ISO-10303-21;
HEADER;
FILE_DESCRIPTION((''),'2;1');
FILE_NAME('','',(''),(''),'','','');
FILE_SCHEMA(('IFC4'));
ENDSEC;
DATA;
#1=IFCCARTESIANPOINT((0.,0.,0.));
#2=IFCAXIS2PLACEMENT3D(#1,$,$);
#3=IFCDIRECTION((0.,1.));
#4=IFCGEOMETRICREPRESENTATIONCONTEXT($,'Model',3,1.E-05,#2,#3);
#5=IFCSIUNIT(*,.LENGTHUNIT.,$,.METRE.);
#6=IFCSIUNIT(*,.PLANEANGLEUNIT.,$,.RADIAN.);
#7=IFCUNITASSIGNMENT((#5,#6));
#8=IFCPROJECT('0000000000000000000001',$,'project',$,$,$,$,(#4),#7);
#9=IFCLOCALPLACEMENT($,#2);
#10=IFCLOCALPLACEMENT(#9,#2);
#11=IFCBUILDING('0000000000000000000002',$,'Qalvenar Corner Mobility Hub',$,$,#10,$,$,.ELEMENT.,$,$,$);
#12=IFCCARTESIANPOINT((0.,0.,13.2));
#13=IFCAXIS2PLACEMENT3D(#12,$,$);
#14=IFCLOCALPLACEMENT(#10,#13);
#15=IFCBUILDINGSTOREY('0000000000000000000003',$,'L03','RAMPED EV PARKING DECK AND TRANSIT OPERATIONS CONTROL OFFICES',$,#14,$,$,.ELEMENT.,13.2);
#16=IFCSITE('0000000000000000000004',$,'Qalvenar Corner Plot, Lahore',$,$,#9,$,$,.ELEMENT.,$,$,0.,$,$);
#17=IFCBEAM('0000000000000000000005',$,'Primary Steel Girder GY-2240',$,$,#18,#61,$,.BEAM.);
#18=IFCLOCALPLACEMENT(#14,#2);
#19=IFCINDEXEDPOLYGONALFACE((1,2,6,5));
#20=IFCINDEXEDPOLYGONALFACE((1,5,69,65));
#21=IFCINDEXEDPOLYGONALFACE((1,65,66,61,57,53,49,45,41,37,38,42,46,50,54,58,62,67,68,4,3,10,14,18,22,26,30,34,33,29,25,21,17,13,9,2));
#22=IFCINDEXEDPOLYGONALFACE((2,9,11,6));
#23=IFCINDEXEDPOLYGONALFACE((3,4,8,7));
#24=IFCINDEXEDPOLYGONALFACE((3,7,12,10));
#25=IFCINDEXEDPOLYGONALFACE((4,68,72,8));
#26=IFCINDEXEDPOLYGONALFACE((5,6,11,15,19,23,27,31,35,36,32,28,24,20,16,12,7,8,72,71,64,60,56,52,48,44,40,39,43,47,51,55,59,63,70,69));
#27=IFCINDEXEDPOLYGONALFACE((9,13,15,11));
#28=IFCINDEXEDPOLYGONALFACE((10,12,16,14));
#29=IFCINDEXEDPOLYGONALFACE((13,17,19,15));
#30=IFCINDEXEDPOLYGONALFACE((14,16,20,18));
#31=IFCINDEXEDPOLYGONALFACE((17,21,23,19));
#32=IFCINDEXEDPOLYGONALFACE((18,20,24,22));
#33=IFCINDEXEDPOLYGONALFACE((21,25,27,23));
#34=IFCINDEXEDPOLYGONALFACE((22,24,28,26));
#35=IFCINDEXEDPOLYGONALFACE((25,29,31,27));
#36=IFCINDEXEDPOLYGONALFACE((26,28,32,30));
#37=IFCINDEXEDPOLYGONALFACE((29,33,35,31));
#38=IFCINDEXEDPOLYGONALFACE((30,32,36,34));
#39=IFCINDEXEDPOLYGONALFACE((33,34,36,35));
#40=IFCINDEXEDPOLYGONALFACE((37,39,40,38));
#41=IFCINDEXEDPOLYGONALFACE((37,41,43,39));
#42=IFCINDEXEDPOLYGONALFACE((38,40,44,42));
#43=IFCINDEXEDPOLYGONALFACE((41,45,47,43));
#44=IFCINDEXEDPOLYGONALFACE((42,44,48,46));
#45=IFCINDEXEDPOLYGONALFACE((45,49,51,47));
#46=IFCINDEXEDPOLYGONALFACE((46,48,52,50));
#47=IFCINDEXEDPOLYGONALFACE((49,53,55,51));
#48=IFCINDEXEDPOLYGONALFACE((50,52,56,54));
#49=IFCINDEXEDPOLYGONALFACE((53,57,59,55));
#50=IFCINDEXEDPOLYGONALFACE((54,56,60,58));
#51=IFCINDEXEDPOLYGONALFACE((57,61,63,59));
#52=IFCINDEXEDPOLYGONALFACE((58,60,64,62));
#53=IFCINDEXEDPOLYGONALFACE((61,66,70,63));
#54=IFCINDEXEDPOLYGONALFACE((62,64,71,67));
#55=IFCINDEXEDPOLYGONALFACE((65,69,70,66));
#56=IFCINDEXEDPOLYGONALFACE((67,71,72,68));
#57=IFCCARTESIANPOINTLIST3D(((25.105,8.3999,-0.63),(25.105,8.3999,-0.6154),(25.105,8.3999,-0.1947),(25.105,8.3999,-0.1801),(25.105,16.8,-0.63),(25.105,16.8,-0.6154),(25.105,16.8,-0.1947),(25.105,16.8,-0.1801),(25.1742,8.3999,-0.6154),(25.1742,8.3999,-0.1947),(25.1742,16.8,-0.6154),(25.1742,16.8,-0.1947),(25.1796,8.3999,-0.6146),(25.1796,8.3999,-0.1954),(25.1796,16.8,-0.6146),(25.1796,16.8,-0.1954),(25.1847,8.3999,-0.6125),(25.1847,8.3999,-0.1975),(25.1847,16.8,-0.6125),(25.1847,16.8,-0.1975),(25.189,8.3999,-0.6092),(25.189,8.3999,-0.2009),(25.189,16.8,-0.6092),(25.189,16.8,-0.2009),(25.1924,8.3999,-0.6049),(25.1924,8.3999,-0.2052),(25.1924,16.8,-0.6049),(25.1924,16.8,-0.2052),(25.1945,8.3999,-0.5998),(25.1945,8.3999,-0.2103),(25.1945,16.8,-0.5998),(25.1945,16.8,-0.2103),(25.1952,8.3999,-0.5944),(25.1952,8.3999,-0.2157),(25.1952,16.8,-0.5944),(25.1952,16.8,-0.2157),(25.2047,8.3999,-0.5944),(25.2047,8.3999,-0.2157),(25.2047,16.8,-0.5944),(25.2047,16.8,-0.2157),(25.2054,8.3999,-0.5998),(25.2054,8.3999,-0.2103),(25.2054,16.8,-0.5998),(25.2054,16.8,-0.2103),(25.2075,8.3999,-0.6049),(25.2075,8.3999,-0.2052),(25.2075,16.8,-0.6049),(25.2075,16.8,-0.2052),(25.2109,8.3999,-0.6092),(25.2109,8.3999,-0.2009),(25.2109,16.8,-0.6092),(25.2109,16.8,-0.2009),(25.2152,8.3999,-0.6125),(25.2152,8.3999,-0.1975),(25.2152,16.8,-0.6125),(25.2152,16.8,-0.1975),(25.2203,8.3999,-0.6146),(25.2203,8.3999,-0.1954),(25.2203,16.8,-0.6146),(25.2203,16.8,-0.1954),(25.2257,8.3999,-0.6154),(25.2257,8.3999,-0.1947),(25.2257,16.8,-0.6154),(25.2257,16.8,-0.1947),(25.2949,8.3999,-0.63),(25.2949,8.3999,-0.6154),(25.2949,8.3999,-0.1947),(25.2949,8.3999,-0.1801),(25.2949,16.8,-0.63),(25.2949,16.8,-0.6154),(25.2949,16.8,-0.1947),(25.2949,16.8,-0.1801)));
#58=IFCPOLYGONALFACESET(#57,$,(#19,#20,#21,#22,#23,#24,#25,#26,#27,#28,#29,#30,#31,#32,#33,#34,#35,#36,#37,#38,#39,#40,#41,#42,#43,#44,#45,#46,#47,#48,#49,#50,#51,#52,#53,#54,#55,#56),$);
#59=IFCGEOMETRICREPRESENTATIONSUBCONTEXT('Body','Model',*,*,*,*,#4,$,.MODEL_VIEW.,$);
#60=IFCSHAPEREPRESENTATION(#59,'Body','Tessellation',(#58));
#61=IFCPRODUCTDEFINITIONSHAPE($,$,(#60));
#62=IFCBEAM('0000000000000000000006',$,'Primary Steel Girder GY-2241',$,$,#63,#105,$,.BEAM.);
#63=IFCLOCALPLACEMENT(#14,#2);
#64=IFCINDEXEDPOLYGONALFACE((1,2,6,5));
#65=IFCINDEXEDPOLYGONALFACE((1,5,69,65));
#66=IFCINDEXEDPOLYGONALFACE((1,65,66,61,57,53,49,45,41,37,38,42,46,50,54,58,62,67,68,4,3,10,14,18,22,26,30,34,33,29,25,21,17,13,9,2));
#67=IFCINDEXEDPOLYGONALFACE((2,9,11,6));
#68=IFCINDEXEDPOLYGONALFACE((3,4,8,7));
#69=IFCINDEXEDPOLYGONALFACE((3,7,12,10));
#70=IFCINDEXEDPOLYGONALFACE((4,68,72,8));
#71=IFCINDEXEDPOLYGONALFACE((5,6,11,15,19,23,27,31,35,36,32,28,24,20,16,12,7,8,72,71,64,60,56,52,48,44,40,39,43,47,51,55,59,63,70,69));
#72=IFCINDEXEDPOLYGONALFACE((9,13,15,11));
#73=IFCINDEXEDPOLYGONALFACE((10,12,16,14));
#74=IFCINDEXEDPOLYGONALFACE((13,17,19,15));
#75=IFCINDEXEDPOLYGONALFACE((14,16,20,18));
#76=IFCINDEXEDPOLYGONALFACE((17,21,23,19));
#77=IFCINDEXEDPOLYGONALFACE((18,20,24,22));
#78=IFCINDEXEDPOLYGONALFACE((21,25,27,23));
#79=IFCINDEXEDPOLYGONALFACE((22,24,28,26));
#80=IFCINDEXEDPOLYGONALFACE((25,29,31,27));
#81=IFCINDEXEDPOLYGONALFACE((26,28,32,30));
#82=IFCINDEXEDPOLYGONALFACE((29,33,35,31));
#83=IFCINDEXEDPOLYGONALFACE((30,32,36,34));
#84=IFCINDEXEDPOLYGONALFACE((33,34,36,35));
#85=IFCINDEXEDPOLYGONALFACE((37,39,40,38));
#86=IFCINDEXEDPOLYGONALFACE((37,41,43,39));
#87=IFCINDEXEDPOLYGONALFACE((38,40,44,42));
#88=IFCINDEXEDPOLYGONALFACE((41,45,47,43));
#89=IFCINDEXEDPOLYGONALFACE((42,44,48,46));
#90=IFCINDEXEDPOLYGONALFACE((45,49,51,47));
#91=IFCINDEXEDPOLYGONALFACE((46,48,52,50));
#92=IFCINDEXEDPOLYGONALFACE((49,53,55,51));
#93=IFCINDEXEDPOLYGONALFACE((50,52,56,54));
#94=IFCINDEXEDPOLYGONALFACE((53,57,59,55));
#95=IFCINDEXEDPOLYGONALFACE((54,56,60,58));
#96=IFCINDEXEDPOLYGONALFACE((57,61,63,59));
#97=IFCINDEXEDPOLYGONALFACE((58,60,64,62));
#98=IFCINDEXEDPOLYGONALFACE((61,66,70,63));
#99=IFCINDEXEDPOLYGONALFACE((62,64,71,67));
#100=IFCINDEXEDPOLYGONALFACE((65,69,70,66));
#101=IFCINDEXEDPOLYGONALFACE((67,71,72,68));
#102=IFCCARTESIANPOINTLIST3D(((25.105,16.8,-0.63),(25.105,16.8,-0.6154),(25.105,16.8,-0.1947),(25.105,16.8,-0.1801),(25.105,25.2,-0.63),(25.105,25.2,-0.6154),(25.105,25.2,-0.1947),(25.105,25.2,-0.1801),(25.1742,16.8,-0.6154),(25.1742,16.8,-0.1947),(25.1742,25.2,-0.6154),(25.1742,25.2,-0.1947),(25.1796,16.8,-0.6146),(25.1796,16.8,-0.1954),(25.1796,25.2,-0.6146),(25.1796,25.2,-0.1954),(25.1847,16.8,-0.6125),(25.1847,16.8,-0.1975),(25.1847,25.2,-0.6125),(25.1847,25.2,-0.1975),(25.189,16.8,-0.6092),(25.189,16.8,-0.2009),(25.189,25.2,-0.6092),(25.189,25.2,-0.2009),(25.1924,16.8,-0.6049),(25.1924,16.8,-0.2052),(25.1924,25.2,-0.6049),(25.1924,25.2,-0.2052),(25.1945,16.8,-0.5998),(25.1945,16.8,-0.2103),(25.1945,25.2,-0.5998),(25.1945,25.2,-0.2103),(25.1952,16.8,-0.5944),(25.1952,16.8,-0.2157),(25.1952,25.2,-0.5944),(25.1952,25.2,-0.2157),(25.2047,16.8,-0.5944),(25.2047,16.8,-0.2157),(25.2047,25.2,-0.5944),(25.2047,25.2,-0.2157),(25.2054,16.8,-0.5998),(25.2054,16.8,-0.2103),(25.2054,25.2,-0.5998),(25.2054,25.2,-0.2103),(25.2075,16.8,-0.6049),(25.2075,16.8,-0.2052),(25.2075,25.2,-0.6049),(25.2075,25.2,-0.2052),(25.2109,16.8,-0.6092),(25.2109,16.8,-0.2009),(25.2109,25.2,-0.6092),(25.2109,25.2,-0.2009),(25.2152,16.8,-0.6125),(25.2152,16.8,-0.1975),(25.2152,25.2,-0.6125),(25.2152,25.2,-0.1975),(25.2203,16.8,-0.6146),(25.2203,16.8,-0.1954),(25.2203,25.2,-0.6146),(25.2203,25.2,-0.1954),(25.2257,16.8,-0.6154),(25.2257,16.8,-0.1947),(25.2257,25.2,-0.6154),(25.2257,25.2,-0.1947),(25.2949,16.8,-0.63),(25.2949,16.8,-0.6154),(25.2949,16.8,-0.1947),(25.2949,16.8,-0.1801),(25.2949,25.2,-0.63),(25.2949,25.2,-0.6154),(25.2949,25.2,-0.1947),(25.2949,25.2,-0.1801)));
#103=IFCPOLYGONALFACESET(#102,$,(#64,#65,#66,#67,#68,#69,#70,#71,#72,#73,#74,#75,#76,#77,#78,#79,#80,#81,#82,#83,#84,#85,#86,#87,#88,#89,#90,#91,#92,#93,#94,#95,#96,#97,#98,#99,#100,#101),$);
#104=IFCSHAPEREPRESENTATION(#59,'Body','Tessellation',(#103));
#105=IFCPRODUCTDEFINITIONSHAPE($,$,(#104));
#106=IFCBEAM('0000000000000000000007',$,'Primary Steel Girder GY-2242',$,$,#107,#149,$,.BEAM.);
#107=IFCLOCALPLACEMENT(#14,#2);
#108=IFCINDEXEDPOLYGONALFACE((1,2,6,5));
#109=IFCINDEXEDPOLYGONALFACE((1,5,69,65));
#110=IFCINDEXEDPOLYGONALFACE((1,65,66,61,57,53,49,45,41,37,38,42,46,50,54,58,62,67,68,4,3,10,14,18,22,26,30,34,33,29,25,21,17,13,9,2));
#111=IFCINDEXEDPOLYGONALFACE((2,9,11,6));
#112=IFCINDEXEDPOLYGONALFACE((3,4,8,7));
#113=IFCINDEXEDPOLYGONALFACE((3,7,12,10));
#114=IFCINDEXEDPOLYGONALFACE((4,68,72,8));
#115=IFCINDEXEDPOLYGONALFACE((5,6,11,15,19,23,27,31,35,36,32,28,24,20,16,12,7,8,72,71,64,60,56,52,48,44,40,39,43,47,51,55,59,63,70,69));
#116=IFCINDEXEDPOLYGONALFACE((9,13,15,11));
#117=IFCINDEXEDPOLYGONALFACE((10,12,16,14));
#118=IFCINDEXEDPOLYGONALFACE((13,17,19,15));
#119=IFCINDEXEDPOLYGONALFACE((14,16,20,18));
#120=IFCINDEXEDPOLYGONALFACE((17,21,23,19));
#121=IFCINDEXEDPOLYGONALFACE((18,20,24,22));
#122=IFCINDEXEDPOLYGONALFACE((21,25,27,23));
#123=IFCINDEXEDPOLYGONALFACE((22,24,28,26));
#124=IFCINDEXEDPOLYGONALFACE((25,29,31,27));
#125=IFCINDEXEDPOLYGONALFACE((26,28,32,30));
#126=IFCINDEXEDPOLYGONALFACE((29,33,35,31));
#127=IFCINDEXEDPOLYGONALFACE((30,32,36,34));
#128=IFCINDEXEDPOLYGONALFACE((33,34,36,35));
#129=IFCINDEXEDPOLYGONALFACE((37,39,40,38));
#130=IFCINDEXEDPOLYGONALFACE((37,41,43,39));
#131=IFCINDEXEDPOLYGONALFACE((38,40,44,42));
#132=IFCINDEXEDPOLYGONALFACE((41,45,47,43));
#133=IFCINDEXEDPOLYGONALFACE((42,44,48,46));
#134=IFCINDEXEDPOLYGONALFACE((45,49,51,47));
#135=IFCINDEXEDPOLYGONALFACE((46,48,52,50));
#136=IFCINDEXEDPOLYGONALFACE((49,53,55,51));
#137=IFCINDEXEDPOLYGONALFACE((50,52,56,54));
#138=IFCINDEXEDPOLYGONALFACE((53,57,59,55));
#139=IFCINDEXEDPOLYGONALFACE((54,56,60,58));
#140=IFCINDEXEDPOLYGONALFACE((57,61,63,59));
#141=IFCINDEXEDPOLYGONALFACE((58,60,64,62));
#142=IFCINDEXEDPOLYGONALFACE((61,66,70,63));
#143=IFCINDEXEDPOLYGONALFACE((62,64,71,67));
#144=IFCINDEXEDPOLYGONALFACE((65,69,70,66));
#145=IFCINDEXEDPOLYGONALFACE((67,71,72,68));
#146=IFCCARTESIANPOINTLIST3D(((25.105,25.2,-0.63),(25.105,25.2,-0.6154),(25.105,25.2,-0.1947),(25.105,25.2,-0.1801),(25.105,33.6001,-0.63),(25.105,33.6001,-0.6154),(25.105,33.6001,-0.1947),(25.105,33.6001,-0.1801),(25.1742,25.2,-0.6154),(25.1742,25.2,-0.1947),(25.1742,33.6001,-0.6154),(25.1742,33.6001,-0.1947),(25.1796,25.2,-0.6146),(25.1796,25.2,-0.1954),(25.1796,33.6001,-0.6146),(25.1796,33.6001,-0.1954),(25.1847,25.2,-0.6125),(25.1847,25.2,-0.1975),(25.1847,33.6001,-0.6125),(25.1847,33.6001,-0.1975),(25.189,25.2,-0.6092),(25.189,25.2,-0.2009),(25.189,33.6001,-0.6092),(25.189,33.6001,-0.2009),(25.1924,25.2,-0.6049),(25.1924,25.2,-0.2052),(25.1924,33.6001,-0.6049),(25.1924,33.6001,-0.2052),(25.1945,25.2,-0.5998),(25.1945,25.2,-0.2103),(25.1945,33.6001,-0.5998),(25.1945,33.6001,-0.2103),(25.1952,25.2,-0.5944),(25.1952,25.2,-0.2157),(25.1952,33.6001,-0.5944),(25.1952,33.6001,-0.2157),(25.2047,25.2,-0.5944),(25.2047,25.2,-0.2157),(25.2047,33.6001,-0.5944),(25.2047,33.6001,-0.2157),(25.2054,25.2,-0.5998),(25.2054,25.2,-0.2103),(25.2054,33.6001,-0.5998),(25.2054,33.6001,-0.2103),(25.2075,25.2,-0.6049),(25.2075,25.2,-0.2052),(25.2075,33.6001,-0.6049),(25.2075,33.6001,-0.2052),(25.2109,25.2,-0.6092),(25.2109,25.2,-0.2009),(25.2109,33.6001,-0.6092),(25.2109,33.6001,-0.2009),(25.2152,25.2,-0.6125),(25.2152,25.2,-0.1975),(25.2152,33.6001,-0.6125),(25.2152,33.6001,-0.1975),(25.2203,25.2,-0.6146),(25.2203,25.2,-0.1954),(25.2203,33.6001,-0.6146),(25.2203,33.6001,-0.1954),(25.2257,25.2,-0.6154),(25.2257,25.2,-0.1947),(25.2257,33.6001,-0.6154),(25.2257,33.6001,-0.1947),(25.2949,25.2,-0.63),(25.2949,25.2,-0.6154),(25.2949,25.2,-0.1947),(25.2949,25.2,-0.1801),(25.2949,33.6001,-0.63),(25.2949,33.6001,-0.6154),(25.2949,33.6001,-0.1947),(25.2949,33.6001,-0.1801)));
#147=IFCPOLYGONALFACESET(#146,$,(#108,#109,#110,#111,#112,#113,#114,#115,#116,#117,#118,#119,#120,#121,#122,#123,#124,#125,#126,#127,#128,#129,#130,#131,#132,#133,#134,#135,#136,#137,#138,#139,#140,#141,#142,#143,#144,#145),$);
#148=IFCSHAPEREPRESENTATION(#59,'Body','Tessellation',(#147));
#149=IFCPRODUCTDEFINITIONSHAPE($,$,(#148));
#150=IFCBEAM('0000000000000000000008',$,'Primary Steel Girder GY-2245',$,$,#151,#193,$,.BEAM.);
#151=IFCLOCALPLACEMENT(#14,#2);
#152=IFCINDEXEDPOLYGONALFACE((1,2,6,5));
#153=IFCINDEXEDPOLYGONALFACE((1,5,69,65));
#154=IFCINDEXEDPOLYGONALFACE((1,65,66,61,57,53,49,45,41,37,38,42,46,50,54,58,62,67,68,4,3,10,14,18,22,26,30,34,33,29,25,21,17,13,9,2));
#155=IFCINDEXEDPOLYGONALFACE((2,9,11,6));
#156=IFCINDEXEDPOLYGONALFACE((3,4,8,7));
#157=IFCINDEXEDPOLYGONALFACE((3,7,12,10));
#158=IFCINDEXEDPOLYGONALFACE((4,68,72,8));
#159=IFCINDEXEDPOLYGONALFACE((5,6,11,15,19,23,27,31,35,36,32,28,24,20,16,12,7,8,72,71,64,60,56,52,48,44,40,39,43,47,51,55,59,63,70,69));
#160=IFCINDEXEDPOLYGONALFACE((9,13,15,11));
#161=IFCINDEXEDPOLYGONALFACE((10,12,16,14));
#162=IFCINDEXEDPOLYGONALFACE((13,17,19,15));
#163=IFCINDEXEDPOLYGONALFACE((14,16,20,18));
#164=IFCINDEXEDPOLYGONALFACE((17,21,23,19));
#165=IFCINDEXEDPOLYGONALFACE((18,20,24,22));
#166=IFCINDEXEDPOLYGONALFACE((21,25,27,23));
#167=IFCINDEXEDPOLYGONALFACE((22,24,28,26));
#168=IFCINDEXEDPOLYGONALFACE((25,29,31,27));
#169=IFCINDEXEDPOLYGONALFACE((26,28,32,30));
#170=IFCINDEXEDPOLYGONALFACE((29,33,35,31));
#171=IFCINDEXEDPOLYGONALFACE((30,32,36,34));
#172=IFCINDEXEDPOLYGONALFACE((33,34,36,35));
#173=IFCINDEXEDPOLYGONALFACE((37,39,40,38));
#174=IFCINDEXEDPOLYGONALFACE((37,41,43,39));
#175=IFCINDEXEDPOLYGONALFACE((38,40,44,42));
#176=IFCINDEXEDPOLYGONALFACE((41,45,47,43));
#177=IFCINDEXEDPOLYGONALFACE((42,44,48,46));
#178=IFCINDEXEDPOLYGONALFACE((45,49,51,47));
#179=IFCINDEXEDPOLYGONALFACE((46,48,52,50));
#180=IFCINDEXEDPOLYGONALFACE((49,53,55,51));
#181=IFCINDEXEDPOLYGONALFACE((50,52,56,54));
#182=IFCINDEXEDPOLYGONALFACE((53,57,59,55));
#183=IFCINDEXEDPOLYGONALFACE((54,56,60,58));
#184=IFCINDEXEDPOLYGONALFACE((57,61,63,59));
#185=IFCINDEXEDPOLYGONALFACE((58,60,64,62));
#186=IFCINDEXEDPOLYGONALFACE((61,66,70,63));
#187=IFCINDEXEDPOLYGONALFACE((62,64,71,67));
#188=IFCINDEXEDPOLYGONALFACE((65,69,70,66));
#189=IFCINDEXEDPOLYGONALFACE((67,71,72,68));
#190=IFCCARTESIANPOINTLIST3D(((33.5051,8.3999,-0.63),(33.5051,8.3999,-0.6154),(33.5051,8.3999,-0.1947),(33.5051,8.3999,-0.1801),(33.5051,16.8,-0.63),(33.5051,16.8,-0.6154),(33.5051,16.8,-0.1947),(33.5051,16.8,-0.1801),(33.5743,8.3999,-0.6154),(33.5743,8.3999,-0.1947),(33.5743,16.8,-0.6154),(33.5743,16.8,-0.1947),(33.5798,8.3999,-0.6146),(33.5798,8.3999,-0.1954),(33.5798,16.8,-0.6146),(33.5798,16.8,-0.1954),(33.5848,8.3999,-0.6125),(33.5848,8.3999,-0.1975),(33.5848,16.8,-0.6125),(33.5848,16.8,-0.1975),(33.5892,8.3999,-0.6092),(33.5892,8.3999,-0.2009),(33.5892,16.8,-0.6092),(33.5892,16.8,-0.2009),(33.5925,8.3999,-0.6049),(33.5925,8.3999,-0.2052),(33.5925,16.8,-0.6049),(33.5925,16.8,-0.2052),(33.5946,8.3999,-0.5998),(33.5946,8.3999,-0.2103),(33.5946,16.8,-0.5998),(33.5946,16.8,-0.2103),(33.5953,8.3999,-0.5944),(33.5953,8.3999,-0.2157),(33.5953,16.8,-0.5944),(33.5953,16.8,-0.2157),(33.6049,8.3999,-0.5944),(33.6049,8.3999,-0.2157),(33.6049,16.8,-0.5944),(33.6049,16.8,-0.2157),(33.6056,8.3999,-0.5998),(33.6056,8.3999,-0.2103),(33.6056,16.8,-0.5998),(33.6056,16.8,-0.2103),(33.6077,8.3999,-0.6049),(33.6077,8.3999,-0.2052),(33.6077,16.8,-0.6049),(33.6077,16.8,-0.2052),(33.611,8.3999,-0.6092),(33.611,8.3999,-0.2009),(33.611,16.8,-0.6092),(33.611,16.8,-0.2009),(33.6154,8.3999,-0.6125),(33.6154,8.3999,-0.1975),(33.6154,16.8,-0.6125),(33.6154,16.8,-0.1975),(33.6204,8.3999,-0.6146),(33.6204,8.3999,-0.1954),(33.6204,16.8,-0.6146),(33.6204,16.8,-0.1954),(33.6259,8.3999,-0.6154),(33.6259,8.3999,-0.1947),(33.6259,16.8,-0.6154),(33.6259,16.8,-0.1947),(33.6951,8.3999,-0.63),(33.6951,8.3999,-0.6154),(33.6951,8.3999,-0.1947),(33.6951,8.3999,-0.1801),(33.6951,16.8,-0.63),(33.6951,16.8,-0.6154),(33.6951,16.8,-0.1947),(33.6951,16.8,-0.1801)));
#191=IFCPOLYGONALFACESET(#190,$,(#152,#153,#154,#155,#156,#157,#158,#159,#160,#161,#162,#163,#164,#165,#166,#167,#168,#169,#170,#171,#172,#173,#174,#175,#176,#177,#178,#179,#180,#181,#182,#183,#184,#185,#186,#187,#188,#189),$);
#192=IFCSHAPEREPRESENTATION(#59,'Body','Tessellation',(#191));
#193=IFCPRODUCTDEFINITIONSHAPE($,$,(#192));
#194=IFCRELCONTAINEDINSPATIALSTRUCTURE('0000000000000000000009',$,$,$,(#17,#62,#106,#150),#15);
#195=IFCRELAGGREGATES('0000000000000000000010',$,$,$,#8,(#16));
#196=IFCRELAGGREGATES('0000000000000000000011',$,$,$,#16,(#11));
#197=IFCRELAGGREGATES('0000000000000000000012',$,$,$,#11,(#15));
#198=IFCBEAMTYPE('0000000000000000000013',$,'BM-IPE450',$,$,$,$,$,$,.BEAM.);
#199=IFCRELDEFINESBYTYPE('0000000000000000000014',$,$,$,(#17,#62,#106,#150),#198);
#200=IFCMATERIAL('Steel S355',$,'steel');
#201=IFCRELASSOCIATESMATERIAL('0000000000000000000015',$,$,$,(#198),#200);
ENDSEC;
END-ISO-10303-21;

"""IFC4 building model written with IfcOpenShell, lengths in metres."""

from ifc_helpers import new_model, si_unit, direction, frame, origin, origin_2d, place, context, subcontext, project, spatial, i_section, extrude, material, material_profile, profile_set, type_object, element, save


model = new_model("IFC4")

# Units and contexts
model_context = context("Model", 3, precision=1e-05, world=origin(), true_north=direction((0.0, 1.0)))
body_context = subcontext(model_context, "Body", "Model", "MODEL_VIEW")
ifc_project = project(units=[si_unit("LENGTHUNIT", "METRE"), si_unit("PLANEANGLEUNIT", "RADIAN")], contexts=[model_context])

# Site, building, storey
site_placement = place(None, origin())
site = spatial("IfcSite", under=ifc_project, at=site_placement, Name="Qalvenar Corner Plot, Lahore", CompositionType="ELEMENT", RefElevation=0.0)
building_placement = place(site_placement, origin())
building = spatial("IfcBuilding", under=site, at=building_placement, Name="Qalvenar Corner Mobility Hub", CompositionType="ELEMENT")
storey_placement = place(building_placement, frame((0.0, 0.0, 13.2)))
storey = spatial("IfcBuildingStorey", under=building, at=storey_placement, Name="L03", Description="RAMPED EV PARKING DECK AND TRANSIT OPERATIONS CONTROL OFFICES", CompositionType="ELEMENT", Elevation=13.2)

# Shared definitions
ifc_material_1 = material(Name="Steel S355", Category="steel")

# Beams
ifc_material_profile_1 = material_profile(ifc_material_1, i_section(OverallWidth=0.1899, OverallDepth=0.45, WebThickness=0.0095, FlangeThickness=0.0146, FilletRadius=0.021, at=origin_2d()), Name="IPE450")
ifc_profile_set_1 = profile_set([ifc_material_profile_1], Name="Steel S355")
beam_type_1 = type_object("IfcBeamType", Name="BM-IPE450", PredefinedType="BEAM", material=ifc_profile_set_1)
beam_1_placement = place(storey_placement, frame((25.2, 8.3999, -0.405), z_axis=(0.0, 1.0, 0.0), x_axis=(-1.0, 0.0, 0.0)))
element("IfcBeam", 1, at=beam_1_placement, inside=storey, type_object=beam_type_1, Name="Primary Steel Girder GY-2240", PredefinedType="BEAM", context=body_context, shape_type="SweptSolid", body=[
    extrude(i_section(OverallWidth=0.1899, OverallDepth=0.45, WebThickness=0.0095, FlangeThickness=0.0146, FilletRadius=0.021, at=origin_2d()), origin(), (0.0, 0.0, 1.0), 8.4001),
])
beam_2_placement = place(storey_placement, frame((25.2, 16.8, -0.405), z_axis=(0.0, 1.0, 0.0), x_axis=(-1.0, 0.0, 0.0)))
element("IfcBeam", 2, at=beam_2_placement, inside=storey, type_object=beam_type_1, Name="Primary Steel Girder GY-2241", PredefinedType="BEAM", context=body_context, shape_type="SweptSolid", body=[
    extrude(i_section(OverallWidth=0.1899, OverallDepth=0.45, WebThickness=0.0095, FlangeThickness=0.0146, FilletRadius=0.021, at=origin_2d()), origin(), (0.0, 0.0, 1.0), 8.3999),
])
for number, where, z_axis, x_axis, name in (
    (3, (25.2, 25.2, -0.405), (0.0, 1.0, 0.0), (-1.0, 0.0, 0.0), "Primary Steel Girder GY-2242"),
    (4, (33.6001, 8.3999, -0.405), (0.0, 1.0, 0.0), (-1.0, 0.0, 0.0), "Primary Steel Girder GY-2245"),
):
    element("IfcBeam", number, at=place(storey_placement, frame(where, z_axis=z_axis, x_axis=x_axis)), inside=storey, type_object=beam_type_1, Name=name, PredefinedType="BEAM", context=body_context, shape_type="SweptSolid", body=[
        extrude(i_section(OverallWidth=0.1899, OverallDepth=0.45, WebThickness=0.0095, FlangeThickness=0.0146, FilletRadius=0.021, at=origin_2d()), origin(), (0.0, 0.0, 1.0), 8.4001),
    ])

save(model, "model.ifc")
